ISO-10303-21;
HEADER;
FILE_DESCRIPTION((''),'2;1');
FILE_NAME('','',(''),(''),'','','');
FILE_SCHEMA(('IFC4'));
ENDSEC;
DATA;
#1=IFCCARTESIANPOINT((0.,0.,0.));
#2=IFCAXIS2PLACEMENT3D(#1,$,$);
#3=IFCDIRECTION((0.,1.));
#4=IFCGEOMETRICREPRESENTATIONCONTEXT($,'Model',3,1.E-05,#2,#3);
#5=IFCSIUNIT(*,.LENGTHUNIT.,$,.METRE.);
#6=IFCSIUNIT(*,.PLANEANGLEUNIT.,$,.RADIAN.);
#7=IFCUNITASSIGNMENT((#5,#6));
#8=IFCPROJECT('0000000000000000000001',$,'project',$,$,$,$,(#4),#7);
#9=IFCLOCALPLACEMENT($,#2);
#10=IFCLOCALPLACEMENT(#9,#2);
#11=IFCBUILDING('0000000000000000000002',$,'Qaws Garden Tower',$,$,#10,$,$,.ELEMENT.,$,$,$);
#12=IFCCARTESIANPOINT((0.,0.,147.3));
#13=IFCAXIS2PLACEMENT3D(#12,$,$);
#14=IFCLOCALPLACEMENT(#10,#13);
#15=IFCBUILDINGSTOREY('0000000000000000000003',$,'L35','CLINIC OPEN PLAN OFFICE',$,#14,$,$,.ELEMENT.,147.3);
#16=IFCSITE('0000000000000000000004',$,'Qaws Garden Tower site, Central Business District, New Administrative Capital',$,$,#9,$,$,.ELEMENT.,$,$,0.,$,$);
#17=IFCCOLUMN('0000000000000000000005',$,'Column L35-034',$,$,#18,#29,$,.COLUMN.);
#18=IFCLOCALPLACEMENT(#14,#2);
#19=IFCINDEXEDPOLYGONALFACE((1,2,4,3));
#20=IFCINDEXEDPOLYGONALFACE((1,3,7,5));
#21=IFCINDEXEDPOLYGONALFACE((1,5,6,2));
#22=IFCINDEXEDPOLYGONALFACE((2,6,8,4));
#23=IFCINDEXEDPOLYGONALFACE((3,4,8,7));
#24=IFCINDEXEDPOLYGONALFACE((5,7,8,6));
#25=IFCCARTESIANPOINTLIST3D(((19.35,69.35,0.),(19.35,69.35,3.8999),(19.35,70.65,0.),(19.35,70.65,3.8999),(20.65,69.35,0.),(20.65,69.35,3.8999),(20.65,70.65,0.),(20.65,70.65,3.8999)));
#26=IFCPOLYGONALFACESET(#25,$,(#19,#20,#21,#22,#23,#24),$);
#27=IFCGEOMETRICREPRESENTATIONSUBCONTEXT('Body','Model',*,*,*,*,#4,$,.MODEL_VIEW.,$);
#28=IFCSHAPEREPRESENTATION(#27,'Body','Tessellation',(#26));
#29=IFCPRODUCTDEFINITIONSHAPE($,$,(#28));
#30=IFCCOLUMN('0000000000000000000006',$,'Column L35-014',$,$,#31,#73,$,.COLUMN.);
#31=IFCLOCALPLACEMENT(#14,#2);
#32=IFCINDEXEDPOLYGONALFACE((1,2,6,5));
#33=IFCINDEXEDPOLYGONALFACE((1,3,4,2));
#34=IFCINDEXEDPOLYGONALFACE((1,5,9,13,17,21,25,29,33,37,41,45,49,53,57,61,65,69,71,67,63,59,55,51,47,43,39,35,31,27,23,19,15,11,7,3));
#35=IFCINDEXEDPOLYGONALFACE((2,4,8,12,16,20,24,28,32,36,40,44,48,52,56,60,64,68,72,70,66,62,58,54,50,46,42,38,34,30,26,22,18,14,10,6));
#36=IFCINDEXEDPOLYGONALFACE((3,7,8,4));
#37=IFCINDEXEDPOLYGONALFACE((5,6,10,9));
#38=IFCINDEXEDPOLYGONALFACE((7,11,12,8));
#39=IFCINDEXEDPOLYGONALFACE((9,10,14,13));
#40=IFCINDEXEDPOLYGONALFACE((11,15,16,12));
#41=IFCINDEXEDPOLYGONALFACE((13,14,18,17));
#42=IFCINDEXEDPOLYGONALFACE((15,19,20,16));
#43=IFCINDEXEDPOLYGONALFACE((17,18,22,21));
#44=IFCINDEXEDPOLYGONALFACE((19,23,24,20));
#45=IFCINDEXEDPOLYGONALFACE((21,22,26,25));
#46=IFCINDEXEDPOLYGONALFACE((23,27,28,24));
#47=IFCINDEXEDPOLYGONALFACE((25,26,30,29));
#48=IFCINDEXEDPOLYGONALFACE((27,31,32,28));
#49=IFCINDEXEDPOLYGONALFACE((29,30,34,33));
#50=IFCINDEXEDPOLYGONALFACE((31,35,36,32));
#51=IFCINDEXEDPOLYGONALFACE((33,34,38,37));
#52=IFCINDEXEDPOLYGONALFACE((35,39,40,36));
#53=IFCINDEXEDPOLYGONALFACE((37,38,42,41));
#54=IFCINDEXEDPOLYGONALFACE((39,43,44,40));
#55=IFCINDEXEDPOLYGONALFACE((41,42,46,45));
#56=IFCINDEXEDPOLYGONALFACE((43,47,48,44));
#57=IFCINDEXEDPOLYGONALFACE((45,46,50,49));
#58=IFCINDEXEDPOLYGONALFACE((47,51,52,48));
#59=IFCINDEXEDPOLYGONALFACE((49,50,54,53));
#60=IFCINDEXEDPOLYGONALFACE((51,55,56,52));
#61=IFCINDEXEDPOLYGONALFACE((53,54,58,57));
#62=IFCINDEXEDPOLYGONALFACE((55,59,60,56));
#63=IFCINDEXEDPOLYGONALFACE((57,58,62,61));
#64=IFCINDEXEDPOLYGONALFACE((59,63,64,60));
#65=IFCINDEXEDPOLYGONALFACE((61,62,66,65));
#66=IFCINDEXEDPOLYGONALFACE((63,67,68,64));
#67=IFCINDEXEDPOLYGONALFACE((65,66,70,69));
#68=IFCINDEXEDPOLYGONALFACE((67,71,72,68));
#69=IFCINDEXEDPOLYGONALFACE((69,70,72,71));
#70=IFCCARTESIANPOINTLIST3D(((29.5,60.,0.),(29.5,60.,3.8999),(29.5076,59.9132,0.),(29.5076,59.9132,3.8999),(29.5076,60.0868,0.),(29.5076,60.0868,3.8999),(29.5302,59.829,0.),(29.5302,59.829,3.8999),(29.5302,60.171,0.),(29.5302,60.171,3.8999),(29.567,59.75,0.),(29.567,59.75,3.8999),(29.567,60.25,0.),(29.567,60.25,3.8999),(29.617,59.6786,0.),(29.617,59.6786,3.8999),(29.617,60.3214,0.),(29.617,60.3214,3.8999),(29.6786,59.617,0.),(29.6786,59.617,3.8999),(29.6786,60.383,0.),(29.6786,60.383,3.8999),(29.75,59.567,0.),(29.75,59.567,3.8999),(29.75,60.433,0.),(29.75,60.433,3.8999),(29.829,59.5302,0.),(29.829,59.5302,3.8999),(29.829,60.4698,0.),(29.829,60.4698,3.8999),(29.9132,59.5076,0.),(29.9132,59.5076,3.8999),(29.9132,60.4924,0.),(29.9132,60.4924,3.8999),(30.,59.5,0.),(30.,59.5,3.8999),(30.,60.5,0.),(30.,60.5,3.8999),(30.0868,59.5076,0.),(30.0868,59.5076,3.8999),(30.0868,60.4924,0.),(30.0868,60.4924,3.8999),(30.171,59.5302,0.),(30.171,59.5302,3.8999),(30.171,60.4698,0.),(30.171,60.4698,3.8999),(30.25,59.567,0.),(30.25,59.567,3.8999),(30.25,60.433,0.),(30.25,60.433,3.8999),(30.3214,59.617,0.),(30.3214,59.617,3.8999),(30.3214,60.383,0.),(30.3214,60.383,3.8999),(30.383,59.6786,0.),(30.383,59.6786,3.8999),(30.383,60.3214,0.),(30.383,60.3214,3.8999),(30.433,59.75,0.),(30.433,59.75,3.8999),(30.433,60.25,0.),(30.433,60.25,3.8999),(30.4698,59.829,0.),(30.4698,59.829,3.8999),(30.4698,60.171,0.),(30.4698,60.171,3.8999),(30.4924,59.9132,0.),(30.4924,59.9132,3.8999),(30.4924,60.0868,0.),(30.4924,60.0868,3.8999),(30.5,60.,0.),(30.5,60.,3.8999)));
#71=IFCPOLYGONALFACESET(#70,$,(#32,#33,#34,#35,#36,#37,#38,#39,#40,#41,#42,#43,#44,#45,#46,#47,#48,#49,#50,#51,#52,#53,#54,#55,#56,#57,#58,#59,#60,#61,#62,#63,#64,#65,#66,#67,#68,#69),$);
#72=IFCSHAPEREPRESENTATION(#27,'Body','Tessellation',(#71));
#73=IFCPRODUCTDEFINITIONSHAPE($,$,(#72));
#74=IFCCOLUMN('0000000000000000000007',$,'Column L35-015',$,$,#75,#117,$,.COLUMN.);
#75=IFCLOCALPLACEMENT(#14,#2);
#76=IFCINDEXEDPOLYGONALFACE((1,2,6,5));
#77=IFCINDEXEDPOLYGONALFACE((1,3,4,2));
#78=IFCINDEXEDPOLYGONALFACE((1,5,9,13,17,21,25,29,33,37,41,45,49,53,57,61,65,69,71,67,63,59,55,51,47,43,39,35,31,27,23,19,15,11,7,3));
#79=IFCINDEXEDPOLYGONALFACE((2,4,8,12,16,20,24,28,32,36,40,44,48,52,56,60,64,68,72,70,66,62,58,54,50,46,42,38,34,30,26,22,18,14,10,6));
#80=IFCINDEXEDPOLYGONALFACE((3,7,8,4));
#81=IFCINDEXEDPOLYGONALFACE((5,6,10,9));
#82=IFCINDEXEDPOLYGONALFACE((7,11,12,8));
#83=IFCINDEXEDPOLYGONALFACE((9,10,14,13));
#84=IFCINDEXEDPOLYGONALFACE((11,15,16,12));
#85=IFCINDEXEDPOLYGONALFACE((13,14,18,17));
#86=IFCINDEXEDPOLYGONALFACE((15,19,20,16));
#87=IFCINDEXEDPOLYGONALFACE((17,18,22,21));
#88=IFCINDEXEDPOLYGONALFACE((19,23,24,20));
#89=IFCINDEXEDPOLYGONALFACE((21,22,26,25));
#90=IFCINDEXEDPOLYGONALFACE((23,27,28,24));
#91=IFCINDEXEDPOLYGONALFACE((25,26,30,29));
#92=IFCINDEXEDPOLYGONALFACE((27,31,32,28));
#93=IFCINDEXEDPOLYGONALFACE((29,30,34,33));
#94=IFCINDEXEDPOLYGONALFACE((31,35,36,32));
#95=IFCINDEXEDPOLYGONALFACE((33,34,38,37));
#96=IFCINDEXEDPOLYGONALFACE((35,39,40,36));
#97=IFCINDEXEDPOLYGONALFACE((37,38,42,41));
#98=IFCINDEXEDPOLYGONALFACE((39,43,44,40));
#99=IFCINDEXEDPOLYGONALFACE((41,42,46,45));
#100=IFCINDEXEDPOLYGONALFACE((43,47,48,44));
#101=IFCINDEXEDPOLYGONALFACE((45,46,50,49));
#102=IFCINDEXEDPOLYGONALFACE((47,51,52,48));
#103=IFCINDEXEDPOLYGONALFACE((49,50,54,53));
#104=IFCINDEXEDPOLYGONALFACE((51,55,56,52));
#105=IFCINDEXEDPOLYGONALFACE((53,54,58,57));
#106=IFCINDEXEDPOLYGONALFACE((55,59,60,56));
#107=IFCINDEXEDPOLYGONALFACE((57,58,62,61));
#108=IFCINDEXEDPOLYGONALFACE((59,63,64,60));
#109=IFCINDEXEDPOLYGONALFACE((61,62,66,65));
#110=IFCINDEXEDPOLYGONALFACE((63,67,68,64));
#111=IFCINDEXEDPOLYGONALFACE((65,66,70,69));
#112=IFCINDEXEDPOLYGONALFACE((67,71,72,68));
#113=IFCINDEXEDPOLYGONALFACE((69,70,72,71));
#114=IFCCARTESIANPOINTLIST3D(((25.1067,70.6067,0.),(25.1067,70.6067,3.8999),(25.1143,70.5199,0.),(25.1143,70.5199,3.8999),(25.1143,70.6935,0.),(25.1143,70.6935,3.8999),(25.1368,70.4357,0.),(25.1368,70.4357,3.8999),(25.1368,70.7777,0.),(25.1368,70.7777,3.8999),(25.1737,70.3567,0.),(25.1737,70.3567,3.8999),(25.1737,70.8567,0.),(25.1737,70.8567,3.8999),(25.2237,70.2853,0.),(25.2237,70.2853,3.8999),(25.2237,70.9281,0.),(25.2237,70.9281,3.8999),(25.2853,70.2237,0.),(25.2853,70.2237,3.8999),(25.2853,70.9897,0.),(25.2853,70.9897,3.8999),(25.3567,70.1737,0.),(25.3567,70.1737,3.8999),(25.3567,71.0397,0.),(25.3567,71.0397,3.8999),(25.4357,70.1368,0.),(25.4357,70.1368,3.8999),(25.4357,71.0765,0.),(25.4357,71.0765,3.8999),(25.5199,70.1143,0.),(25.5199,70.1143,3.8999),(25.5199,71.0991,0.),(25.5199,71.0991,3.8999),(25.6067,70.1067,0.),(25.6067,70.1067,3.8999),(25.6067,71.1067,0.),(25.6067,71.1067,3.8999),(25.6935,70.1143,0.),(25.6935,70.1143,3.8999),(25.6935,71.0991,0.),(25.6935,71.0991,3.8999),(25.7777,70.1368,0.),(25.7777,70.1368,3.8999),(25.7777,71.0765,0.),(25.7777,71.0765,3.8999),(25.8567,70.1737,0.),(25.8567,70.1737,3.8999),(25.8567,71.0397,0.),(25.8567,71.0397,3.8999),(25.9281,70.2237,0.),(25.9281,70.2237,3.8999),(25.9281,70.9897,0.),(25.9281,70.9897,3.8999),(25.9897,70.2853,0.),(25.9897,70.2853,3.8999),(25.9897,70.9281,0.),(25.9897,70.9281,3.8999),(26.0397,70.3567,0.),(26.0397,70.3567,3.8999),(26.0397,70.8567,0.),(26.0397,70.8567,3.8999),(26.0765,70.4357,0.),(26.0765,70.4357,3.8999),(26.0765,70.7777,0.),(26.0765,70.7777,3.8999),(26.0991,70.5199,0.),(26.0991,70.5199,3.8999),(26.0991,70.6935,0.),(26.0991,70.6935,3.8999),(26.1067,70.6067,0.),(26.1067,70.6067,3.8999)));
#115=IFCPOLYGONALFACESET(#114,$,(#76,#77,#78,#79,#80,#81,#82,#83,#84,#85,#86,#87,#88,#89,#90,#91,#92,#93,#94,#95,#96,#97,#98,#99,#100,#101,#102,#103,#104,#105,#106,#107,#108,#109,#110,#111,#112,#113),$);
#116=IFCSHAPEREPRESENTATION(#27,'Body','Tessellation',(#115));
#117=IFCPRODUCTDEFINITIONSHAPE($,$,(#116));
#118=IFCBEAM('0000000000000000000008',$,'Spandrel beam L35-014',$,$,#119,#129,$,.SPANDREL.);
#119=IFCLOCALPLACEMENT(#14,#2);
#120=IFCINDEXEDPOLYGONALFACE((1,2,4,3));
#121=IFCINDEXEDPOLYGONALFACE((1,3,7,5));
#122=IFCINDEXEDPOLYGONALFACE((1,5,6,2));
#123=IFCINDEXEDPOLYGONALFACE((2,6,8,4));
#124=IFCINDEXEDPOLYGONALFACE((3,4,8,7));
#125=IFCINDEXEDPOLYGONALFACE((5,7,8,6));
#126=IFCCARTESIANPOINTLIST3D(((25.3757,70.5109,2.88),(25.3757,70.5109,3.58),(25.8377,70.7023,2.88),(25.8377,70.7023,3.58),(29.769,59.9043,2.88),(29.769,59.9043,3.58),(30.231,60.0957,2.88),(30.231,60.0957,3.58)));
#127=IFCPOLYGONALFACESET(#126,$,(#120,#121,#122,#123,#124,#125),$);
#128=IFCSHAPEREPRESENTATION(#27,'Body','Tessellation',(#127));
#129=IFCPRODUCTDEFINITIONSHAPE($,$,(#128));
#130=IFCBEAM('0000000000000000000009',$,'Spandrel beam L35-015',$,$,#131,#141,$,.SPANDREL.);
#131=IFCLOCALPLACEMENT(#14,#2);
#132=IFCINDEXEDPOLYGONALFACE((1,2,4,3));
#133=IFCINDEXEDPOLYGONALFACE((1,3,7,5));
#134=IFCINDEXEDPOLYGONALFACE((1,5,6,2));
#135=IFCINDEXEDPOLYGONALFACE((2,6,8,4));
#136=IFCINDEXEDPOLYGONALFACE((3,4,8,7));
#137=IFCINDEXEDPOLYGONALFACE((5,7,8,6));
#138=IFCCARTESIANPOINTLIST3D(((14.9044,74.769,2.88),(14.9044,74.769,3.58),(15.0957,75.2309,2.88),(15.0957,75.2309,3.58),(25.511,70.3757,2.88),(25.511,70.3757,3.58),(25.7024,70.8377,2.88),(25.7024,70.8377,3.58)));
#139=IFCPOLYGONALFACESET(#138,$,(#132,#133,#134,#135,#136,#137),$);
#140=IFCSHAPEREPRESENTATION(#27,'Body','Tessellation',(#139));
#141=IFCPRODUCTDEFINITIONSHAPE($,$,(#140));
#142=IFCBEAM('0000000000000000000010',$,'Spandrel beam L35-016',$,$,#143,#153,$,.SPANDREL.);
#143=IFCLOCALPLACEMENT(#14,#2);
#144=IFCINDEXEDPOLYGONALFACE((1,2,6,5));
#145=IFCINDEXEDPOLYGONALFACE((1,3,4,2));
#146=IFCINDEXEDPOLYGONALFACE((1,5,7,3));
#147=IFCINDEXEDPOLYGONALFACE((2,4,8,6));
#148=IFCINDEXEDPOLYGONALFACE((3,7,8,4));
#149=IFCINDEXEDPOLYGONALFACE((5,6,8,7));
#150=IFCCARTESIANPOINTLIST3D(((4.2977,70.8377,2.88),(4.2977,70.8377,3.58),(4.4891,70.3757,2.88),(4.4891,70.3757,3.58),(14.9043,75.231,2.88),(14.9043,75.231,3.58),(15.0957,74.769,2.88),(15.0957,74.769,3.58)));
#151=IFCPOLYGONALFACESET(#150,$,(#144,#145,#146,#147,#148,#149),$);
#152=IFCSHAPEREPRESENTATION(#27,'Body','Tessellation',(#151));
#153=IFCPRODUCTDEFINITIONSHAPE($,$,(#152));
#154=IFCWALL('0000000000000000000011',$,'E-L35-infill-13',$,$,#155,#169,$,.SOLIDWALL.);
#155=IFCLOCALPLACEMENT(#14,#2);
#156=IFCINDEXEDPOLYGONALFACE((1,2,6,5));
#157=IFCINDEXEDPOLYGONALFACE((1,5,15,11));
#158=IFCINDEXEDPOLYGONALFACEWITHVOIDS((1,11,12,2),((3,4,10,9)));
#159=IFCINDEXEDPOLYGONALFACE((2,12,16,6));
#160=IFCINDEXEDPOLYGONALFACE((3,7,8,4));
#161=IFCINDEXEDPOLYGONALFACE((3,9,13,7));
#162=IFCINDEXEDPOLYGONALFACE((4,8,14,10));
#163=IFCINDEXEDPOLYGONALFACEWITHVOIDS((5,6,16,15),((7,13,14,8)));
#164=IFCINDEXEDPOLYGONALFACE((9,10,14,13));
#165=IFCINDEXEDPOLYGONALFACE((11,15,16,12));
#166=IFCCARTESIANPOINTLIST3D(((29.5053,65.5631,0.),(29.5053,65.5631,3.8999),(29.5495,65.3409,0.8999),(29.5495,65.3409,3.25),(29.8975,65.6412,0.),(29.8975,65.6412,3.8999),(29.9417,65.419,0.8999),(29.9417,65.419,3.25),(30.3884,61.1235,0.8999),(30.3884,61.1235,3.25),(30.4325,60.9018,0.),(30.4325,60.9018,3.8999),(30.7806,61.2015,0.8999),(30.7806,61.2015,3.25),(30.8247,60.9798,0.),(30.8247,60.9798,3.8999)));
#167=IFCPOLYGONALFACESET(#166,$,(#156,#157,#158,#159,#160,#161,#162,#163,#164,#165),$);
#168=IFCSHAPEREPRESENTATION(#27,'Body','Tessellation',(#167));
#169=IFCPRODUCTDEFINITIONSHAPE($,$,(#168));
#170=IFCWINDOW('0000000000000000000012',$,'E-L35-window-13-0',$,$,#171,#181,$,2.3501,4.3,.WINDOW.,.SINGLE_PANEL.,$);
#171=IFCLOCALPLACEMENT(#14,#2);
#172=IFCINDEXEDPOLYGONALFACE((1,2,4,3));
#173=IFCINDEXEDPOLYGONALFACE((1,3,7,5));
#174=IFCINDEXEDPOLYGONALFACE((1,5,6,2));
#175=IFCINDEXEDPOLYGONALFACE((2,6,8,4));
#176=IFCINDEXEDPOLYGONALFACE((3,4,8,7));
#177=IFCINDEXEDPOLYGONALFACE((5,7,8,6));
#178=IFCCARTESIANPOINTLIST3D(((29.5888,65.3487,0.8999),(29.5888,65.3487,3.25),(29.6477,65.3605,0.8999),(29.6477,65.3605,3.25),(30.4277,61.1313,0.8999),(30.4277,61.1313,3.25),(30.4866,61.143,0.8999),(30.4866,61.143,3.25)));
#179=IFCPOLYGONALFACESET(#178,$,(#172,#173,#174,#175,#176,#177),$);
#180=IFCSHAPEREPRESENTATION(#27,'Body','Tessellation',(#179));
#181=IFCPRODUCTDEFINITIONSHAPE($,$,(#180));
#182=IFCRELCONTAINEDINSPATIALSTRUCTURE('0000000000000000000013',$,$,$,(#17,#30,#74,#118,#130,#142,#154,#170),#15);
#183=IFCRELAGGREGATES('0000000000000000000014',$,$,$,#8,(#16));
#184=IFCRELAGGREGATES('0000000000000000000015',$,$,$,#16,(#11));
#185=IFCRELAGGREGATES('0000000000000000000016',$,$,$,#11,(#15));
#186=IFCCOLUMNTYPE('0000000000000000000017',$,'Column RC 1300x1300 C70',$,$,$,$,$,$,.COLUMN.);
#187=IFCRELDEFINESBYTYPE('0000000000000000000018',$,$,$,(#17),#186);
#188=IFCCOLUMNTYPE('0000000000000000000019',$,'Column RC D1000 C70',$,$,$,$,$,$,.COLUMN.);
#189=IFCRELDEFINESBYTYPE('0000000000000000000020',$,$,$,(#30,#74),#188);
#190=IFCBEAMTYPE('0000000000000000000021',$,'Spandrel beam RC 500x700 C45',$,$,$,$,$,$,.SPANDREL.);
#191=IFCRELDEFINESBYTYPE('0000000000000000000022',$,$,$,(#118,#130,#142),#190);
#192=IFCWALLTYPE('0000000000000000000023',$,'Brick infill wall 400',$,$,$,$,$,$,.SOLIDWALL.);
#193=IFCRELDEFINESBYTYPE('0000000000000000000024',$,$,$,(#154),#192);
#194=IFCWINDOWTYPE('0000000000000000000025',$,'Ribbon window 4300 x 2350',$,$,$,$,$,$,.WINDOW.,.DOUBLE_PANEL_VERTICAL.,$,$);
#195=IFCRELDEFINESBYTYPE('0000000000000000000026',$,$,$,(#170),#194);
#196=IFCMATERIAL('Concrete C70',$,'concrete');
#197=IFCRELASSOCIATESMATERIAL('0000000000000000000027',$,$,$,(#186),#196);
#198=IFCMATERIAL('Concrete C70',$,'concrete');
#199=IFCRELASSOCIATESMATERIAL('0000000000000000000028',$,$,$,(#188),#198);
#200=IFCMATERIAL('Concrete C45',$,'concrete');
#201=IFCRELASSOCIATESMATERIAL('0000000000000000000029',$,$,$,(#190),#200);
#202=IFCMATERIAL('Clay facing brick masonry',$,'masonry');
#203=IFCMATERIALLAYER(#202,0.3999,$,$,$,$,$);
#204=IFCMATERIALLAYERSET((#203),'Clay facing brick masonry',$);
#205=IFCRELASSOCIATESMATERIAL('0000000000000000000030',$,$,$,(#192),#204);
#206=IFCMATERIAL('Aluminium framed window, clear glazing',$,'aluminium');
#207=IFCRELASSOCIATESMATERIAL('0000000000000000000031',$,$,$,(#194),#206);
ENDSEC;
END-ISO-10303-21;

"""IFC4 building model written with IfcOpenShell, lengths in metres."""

from ifc_helpers import new_model, si_unit, direction, frame, frame_2d, origin, origin_2d, place, context, subcontext, project, spatial, rectangle, circle, extrude, material, layer, layer_set, material_profile, profile_set, type_object, element, fill, save


model = new_model("IFC4")

# Units and contexts
model_context = context("Model", 3, precision=1e-05, world=origin(), true_north=direction((0.0, 1.0)))
body_context = subcontext(model_context, "Body", "Model", "MODEL_VIEW")
ifc_project = project(units=[si_unit("LENGTHUNIT", "METRE"), si_unit("PLANEANGLEUNIT", "RADIAN")], contexts=[model_context])

# Site, building, storey
site_placement = place(None, origin())
site = spatial("IfcSite", under=ifc_project, at=site_placement, Name="Qaws Garden Tower site, Central Business District, New Administrative Capital", CompositionType="ELEMENT", RefElevation=0.0)
building_placement = place(site_placement, origin())
building = spatial("IfcBuilding", under=site, at=building_placement, Name="Qaws Garden Tower", CompositionType="ELEMENT")
storey_placement = place(building_placement, frame((0.0, 0.0, 147.3)))
storey = spatial("IfcBuildingStorey", under=building, at=storey_placement, Name="L35", Description="CLINIC OPEN PLAN OFFICE", CompositionType="ELEMENT", Elevation=147.3)

# Columns
ifc_material_1 = material(Name="Concrete C70", Category="concrete")
ifc_material_profile_1 = material_profile(ifc_material_1, rectangle(XDim=1.3, YDim=1.3, at=origin_2d()), Name="RC 1300x1300")
ifc_profile_set_1 = profile_set([ifc_material_profile_1], Name="Concrete C70")
column_type_1 = type_object("IfcColumnType", Name="Column RC 1300x1300 C70", PredefinedType="COLUMN", material=ifc_profile_set_1)
column_placement = place(storey_placement, frame((20.0, 70.0, 0.0), z_axis=(0.0, 0.0, 1.0), x_axis=(1.0, 0.0, 0.0)))
element("IfcColumn", 1, at=column_placement, inside=storey, type_object=column_type_1, Name="Column L35-034", PredefinedType="COLUMN", context=body_context, shape_type="SweptSolid", body=[
    extrude(rectangle(XDim=1.3, YDim=1.3, at=origin_2d()), origin(), (0.0, 0.0, 1.0), 3.8999),
])
ifc_material_2 = material(Name="Concrete C70", Category="concrete")
ifc_material_profile_2 = material_profile(ifc_material_2, circle(Radius=0.5, at=origin_2d()), Name="RC D1000")
ifc_profile_set_2 = profile_set([ifc_material_profile_2], Name="Concrete C70")
column_type_2 = type_object("IfcColumnType", Name="Column RC D1000 C70", PredefinedType="COLUMN", material=ifc_profile_set_2)
for number, where, z_axis, x_axis, name in (
    (2, (30.0, 60.0, 0.0), (0.0, 0.0, 1.0), (1.0, 0.0, 0.0), "Column L35-014"),
    (3, (25.6067, 70.6067, 0.0), (0.0, 0.0, 1.0), (1.0, 0.0, 0.0), "Column L35-015"),
):
    element("IfcColumn", number, at=place(storey_placement, frame(where, z_axis=z_axis, x_axis=x_axis)), inside=storey, type_object=column_type_2, Name=name, PredefinedType="COLUMN", context=body_context, shape_type="SweptSolid", body=[
        extrude(circle(Radius=0.5, at=origin_2d()), origin(), (0.0, 0.0, 1.0), 3.8999),
    ])

# Beams
ifc_material_3 = material(Name="Concrete C45", Category="concrete")
ifc_material_profile_3 = material_profile(ifc_material_3, rectangle(XDim=0.5, YDim=0.7, at=origin_2d()), Name="RC 500x700")
ifc_profile_set_3 = profile_set([ifc_material_profile_3], Name="Concrete C45")
beam_type = type_object("IfcBeamType", Name="Spandrel beam RC 500x700 C45", PredefinedType="SPANDREL", material=ifc_profile_set_3)
for number, where, z_axis, x_axis, name in (
    (4, (30.0, 60.0, 3.23), (-0.382674, 0.923883, 0.0), (-0.923883, -0.382674, 0.0), "Spandrel beam L35-014"),
    (5, (25.6067, 70.6067, 3.23), (-0.923883, 0.382674, 0.0), (-0.382674, -0.923883, 0.0), "Spandrel beam L35-015"),
    (6, (15.0, 75.0, 3.23), (-0.923883, -0.382674, 0.0), (0.382674, -0.923883, 0.0), "Spandrel beam L35-016"),
):
    element("IfcBeam", number, at=place(storey_placement, frame(where, z_axis=z_axis, x_axis=x_axis)), inside=storey, type_object=beam_type, Name=name, PredefinedType="SPANDREL", context=body_context, shape_type="SweptSolid", body=[
        extrude(rectangle(XDim=0.5, YDim=0.7, at=origin_2d()), origin(), (0.0, 0.0, 1.0), 11.4805),
    ])

# Wall, opening, window
ifc_material_4 = material(Name="Clay facing brick masonry", Category="masonry")
ifc_layer_1 = layer(ifc_material_4, 0.3999)
ifc_layer_set_1 = layer_set([ifc_layer_1], Name="Clay facing brick masonry")
wall_type_1 = type_object("IfcWallType", Name="Brick infill wall 400", PredefinedType="SOLIDWALL", material=ifc_layer_set_1)
wall_1_placement = place(storey_placement, frame((30.6287, 60.9407, 0.0), z_axis=(0.0, 0.0, 1.0), x_axis=(-0.195099, 0.980784, 0.0)))
wall_1 = element("IfcWall", 7, at=wall_1_placement, inside=storey, type_object=wall_type_1, Name="E-L35-infill-13", PredefinedType="SOLIDWALL", context=body_context, shape_type="SweptSolid", body=[
    extrude(rectangle(XDim=4.7527, YDim=0.3999, at=frame_2d((2.3765, 0.0))), origin(), (0.0, 0.0, 1.0), 3.8999),
])
opening_1_placement = place(wall_1_placement, frame((0.2263, 0.0, 0.8999)))
opening_1 = element("IfcOpeningElement", 8, at=opening_1_placement, cuts=wall_1, PredefinedType="OPENING", context=body_context, shape_type="SweptSolid", body=[
    extrude(rectangle(XDim=4.3, YDim=2.3501, at=frame_2d((2.1499, 1.175))), frame((0.0, 0.21, 0.0), z_axis=(0.0, -1.0, 0.0), x_axis=(1.0, 0.0, 0.0)), (0.0, 0.0, 1.0), 0.4199),
])
ifc_material_5 = material(Name="Aluminium framed window, clear glazing", Category="aluminium")
window_type = type_object("IfcWindowType", Name="Ribbon window 4300 x 2350", PartitioningType="DOUBLE_PANEL_VERTICAL", PredefinedType="WINDOW", material=ifc_material_5)
window_1_placement = place(opening_1_placement, origin())
window_1 = element("IfcWindow", 9, at=window_1_placement, inside=storey, type_object=window_type, Name="E-L35-window-13-0", OverallHeight=2.3501, OverallWidth=4.3, PartitioningType="SINGLE_PANEL", PredefinedType="WINDOW", context=body_context, shape_type="SweptSolid", body=[
    extrude(rectangle(XDim=4.3, YDim=2.3501, at=frame_2d((2.1499, 1.175))), frame((0.0, 0.1599, 0.0), z_axis=(0.0, -1.0, 0.0), x_axis=(1.0, 0.0, 0.0)), (0.0, 0.0, 1.0), 0.0601),
])
fill(opening_1, window_1)

save(model, "model.ifc")
